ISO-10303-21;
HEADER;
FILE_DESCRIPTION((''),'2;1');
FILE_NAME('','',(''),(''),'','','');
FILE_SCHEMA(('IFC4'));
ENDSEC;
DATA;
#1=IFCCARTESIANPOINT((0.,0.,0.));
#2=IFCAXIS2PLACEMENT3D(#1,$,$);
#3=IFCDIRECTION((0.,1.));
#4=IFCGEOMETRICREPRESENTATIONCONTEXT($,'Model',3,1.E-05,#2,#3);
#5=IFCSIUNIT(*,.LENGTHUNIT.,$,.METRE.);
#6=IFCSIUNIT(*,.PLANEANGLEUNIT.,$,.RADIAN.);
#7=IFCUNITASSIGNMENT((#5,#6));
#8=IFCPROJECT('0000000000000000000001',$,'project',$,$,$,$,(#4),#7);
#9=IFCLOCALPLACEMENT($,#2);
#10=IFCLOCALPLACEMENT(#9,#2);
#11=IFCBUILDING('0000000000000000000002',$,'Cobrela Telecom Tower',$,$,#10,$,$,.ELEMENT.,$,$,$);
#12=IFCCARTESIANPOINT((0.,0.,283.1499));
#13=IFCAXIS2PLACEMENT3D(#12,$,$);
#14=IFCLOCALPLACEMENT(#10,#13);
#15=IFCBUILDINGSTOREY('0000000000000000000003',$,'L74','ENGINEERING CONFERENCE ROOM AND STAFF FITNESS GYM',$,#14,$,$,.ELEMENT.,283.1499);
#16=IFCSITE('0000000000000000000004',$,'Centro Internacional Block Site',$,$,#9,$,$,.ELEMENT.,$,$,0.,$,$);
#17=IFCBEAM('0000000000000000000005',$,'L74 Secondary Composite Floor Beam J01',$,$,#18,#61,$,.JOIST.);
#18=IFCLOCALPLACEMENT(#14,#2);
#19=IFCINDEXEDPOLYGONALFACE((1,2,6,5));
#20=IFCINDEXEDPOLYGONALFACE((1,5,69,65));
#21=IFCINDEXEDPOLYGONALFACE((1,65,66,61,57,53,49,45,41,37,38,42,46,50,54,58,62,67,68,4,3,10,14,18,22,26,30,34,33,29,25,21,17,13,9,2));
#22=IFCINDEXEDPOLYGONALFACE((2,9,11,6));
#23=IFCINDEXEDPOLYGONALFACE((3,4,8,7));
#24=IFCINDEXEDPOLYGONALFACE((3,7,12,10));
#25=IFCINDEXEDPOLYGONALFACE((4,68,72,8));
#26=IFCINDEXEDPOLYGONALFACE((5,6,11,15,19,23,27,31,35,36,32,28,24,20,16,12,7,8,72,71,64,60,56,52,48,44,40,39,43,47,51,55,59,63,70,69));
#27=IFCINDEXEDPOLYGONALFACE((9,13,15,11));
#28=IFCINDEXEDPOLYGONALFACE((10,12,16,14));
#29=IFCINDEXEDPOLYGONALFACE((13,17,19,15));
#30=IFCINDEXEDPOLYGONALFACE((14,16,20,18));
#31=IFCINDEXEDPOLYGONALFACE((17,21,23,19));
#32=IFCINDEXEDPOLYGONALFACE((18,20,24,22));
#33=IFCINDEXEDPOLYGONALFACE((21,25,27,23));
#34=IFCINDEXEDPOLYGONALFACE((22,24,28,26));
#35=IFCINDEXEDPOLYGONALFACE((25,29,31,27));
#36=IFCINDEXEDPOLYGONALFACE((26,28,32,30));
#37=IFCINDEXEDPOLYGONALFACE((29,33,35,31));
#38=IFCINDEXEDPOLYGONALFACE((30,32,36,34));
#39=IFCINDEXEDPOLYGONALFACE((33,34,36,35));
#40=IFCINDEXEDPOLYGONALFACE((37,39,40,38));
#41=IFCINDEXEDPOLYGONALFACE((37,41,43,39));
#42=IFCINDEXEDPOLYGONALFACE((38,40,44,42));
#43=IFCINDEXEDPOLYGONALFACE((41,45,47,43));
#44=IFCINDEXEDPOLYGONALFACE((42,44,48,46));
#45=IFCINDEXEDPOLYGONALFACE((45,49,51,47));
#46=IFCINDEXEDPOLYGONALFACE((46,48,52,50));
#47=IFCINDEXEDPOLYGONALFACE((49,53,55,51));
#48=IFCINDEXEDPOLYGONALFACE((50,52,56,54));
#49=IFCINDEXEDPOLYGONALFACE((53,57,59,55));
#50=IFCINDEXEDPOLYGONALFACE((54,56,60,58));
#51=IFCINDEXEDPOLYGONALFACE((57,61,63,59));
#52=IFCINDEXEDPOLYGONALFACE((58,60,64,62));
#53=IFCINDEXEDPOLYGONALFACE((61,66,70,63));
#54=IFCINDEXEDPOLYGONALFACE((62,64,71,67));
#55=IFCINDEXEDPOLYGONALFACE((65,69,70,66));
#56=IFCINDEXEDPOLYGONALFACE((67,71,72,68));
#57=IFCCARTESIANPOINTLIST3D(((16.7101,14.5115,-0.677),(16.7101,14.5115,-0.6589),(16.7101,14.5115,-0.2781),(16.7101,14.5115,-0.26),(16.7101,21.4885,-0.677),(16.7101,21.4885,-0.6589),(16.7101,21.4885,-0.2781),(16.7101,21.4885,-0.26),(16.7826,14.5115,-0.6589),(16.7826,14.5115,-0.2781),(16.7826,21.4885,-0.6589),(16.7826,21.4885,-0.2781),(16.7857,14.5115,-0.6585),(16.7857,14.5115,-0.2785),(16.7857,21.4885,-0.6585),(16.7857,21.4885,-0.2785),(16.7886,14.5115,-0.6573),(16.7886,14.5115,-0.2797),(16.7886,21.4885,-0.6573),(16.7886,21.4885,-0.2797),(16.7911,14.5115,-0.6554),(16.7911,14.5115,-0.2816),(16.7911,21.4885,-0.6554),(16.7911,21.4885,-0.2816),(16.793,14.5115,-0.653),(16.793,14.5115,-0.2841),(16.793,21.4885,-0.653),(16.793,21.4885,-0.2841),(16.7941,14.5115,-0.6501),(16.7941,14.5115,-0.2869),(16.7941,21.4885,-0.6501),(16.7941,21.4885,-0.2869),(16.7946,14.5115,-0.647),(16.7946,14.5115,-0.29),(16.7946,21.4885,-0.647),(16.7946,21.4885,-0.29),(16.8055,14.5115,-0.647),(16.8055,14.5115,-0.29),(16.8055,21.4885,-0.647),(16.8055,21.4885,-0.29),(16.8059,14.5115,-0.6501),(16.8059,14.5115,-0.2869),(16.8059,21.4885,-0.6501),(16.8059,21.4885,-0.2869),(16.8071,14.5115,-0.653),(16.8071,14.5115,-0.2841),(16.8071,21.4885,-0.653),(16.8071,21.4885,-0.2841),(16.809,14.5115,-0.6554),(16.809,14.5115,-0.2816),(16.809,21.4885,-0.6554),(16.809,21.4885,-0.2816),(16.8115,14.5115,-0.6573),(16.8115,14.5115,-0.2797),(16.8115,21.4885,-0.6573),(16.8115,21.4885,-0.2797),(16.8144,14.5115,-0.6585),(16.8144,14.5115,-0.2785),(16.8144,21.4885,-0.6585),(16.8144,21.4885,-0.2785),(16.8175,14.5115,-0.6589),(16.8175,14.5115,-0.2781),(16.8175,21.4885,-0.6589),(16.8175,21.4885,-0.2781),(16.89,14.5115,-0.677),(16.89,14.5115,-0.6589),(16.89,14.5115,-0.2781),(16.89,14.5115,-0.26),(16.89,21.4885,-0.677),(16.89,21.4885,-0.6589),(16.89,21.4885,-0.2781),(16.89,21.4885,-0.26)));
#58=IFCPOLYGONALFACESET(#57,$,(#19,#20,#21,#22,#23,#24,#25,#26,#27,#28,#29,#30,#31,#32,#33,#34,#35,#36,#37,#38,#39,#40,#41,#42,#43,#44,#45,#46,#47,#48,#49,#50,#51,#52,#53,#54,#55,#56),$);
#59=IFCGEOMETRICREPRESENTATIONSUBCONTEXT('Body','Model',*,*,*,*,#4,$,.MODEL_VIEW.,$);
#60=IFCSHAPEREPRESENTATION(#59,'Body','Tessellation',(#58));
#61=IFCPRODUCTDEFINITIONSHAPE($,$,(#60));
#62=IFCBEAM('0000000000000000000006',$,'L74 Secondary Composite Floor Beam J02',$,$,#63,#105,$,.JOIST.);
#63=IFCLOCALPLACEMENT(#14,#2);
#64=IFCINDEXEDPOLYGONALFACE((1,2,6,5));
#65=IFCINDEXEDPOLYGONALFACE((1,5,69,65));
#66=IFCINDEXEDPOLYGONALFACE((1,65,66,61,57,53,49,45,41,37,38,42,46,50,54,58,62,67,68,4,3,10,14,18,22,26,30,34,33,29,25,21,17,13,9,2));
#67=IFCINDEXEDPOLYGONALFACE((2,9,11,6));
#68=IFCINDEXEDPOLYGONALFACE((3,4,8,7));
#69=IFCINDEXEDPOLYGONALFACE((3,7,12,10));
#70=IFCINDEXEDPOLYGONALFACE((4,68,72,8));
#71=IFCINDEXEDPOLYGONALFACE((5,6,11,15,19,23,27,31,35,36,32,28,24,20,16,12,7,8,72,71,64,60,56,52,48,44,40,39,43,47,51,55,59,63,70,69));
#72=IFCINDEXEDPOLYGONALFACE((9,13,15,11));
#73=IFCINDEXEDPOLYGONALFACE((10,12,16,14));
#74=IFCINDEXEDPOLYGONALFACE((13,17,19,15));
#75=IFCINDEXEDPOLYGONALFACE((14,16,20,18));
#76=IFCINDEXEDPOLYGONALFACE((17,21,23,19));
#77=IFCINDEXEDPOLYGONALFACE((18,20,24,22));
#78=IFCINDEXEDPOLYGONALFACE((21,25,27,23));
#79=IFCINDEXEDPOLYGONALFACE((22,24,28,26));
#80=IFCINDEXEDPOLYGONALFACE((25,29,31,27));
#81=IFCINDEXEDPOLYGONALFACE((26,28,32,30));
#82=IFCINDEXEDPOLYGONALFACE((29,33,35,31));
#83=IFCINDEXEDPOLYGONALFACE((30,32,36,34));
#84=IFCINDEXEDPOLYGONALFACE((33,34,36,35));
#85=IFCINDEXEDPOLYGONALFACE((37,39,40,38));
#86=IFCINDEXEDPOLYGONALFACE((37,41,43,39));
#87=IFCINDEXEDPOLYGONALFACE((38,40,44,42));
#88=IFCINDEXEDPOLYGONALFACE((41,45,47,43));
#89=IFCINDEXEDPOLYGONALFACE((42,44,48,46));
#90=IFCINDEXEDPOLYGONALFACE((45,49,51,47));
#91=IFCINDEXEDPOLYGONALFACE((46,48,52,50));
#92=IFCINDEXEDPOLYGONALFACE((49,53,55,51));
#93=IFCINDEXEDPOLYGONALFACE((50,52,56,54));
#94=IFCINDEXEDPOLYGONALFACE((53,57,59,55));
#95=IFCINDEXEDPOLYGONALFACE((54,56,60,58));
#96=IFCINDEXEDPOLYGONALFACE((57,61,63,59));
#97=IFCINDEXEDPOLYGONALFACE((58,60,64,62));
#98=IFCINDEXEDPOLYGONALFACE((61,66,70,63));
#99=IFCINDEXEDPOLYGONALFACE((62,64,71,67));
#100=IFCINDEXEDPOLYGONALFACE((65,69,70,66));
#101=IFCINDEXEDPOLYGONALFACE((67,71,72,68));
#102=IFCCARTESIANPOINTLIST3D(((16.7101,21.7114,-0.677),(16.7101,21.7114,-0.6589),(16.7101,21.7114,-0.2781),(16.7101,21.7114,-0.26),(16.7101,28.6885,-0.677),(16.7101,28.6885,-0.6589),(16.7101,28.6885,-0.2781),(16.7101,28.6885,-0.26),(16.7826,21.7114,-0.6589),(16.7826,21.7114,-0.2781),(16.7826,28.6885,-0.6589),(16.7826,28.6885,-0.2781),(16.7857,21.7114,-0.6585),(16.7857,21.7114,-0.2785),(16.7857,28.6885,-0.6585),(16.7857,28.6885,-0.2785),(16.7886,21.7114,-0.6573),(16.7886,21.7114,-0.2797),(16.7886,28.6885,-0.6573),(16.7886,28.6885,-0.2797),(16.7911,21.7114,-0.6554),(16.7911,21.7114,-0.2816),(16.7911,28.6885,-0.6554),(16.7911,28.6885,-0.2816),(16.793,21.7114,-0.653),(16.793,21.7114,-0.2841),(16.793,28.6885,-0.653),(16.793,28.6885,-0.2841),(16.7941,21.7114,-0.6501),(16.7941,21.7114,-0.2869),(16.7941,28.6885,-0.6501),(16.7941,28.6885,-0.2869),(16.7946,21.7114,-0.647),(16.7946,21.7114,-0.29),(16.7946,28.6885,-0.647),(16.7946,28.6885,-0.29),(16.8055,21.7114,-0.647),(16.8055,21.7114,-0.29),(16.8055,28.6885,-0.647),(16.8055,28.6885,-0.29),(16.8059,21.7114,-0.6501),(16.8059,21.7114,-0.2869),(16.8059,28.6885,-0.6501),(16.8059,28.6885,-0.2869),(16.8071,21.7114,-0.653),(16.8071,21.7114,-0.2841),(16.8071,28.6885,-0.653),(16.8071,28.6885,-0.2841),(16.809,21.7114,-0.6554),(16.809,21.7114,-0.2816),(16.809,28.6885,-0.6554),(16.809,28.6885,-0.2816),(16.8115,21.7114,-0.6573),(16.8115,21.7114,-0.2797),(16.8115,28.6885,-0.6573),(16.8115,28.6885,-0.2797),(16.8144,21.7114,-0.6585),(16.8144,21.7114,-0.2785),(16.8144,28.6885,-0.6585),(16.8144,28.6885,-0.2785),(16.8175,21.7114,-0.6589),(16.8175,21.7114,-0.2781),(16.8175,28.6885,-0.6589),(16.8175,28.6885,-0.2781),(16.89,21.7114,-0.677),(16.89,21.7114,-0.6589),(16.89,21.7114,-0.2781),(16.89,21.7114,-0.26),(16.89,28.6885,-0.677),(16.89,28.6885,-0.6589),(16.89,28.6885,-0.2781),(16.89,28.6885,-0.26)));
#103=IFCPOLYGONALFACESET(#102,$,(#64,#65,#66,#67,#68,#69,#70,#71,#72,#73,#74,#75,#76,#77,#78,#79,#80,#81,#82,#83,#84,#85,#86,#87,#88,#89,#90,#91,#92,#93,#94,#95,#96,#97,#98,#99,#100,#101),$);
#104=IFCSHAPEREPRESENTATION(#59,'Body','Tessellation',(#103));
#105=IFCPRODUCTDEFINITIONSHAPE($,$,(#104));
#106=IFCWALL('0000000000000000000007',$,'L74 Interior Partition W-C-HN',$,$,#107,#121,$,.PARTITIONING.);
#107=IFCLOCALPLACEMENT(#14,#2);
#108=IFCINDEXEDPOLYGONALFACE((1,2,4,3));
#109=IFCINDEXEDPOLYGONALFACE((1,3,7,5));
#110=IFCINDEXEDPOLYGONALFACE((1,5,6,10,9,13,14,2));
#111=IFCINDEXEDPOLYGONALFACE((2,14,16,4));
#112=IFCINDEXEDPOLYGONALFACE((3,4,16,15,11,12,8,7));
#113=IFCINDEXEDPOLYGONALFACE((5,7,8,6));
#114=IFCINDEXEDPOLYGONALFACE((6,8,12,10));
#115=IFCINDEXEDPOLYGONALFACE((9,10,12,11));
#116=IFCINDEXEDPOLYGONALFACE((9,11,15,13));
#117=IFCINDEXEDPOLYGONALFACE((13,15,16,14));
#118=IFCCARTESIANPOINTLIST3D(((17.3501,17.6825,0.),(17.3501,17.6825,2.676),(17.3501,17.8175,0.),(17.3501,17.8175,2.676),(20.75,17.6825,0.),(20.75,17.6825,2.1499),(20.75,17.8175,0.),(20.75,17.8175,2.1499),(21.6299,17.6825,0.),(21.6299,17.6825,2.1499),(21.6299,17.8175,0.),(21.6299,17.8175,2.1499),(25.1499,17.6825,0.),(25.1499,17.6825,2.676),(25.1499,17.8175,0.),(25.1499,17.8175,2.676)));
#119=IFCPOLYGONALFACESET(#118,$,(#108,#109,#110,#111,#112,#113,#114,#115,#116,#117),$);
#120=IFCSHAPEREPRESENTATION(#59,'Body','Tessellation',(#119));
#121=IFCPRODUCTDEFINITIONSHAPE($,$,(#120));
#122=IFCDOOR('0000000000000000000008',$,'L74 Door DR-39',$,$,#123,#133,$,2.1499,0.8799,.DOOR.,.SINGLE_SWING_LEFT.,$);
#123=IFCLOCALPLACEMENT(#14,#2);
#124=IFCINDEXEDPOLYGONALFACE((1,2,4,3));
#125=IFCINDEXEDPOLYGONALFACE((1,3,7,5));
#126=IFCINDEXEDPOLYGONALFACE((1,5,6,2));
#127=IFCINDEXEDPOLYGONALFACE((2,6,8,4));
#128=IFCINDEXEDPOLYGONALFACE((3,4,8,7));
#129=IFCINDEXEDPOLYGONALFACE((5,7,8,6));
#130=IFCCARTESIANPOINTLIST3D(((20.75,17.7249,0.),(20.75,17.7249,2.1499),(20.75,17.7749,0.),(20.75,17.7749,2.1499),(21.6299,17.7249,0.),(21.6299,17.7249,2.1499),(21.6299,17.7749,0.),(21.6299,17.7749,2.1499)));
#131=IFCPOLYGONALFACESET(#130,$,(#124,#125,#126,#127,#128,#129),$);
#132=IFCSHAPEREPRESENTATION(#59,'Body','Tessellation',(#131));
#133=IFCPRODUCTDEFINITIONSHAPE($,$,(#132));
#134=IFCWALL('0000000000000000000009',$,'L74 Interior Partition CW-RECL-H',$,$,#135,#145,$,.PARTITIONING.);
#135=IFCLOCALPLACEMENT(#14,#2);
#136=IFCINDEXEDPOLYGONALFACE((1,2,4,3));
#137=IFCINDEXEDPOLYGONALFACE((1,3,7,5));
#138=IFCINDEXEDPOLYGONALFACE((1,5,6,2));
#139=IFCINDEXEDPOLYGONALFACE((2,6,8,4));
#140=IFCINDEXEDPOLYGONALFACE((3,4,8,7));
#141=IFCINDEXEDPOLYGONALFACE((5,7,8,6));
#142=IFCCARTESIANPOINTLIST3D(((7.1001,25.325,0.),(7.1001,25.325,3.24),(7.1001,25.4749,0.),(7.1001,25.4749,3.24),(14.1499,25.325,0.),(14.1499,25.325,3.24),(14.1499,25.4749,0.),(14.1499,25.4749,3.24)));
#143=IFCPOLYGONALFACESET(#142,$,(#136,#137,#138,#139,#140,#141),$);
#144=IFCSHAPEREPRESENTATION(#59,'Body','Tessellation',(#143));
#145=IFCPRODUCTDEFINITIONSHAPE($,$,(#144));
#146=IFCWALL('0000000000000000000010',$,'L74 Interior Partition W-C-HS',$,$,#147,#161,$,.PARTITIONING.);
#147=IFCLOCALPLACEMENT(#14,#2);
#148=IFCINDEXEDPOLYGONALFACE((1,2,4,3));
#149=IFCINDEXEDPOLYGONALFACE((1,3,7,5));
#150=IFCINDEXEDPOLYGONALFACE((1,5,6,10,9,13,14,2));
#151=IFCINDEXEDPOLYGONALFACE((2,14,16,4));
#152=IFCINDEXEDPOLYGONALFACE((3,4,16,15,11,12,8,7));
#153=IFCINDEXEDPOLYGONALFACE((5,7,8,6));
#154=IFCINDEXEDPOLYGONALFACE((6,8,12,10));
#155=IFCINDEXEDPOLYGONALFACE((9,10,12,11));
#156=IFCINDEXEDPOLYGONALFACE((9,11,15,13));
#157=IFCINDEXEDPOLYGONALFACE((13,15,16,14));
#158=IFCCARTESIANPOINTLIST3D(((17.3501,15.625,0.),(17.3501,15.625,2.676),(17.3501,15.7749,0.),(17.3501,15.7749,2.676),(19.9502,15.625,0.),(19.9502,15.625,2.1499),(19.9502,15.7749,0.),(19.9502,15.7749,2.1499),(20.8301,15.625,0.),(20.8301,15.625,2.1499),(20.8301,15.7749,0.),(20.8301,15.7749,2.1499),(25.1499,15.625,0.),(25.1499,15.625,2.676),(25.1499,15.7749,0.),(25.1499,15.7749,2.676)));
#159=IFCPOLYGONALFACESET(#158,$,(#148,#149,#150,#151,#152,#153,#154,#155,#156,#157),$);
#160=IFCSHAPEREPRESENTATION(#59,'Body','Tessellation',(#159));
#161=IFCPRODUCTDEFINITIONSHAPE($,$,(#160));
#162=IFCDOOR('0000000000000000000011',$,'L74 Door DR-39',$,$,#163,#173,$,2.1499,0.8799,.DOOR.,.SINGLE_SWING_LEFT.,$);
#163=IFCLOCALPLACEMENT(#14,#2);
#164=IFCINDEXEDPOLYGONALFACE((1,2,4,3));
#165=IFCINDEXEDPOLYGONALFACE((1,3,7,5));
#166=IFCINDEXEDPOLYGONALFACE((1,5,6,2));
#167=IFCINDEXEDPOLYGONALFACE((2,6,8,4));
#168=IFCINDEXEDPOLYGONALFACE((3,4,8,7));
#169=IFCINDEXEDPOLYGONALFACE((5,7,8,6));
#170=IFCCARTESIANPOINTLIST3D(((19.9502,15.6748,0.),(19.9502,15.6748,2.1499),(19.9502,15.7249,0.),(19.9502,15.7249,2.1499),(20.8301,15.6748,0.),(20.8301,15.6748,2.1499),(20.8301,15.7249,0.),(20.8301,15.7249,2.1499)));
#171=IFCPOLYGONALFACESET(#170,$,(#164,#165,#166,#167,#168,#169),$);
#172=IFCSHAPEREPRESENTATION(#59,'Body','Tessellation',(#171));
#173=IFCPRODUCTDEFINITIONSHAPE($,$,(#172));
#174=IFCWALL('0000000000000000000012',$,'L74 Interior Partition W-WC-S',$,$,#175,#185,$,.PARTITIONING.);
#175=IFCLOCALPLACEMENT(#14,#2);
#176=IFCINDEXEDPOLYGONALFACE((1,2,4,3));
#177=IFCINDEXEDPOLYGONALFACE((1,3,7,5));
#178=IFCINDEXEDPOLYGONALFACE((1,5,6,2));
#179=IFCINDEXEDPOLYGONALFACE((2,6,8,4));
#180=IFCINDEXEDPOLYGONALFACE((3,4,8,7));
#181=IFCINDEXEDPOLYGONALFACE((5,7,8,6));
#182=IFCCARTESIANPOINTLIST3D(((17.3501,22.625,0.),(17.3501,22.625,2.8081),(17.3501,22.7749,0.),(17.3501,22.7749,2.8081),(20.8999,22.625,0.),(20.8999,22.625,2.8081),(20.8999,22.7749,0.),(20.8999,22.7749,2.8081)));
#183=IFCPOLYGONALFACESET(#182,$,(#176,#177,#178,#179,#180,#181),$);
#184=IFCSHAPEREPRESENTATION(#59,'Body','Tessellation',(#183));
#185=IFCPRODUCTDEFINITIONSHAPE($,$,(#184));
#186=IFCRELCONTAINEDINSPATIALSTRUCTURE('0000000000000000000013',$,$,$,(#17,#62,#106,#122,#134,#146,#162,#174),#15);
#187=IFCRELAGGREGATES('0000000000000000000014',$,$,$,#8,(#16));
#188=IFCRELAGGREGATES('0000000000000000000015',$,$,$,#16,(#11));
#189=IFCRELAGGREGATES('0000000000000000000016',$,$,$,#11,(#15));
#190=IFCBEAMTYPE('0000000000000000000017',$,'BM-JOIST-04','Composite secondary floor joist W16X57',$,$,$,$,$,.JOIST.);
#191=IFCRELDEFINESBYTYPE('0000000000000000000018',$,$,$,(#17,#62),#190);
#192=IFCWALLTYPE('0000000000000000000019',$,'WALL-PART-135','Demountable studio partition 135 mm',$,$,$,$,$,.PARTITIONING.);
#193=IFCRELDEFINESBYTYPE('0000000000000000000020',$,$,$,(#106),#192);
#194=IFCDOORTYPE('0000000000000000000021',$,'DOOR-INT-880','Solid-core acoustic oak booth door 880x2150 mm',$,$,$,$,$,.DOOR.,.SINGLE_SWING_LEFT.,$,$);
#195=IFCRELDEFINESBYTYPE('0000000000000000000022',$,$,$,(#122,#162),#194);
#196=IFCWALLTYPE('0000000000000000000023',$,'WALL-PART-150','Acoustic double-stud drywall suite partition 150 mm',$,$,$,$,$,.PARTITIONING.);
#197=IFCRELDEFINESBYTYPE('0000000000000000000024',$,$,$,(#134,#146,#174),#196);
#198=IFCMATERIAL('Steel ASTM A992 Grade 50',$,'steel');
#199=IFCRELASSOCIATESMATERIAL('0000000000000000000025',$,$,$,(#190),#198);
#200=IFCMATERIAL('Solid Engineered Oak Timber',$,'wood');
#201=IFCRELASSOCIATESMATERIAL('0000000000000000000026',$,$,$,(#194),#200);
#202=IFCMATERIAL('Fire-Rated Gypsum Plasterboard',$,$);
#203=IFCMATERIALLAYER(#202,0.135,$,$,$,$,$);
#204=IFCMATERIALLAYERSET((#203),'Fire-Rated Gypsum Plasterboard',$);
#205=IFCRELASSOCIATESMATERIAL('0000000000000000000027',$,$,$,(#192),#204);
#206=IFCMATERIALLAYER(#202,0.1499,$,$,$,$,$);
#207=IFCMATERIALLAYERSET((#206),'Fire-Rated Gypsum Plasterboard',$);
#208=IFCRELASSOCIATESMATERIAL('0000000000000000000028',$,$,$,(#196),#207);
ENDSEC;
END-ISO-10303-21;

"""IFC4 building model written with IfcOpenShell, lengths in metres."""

from ifc_helpers import new_model, si_unit, direction, frame, frame_2d, origin, origin_2d, place, context, subcontext, project, spatial, rectangle, i_section, extrude, material, layer, layer_set, material_profile, profile_set, type_object, element, fill, save


model = new_model("IFC4")

# Units and contexts
model_context = context("Model", 3, precision=1e-05, world=origin(), true_north=direction((0.0, 1.0)))
body_context = subcontext(model_context, "Body", "Model", "MODEL_VIEW")
ifc_project = project(units=[si_unit("LENGTHUNIT", "METRE"), si_unit("PLANEANGLEUNIT", "RADIAN")], contexts=[model_context])

# Site, building, storey
site_placement = place(None, origin())
site = spatial("IfcSite", under=ifc_project, at=site_placement, Name="Centro Internacional Block Site", CompositionType="ELEMENT", RefElevation=0.0)
building_placement = place(site_placement, origin())
building = spatial("IfcBuilding", under=site, at=building_placement, Name="Cobrela Telecom Tower", CompositionType="ELEMENT")
storey_placement = place(building_placement, frame((0.0, 0.0, 283.1499)))
storey = spatial("IfcBuildingStorey", under=building, at=storey_placement, Name="L74", Description="ENGINEERING CONFERENCE ROOM AND STAFF FITNESS GYM", CompositionType="ELEMENT", Elevation=283.1499)

# Beams
ifc_material_1 = material(Name="Steel ASTM A992 Grade 50", Category="steel")
ifc_material_profile_1 = material_profile(ifc_material_1, i_section(OverallWidth=0.1799, OverallDepth=0.417, WebThickness=0.011, FlangeThickness=0.0181, FilletRadius=0.012, at=origin_2d()), Name="W16X57")
ifc_profile_set_1 = profile_set([ifc_material_profile_1], Name="Steel ASTM A992 Grade 50")
beam_type_1 = type_object("IfcBeamType", Name="BM-JOIST-04", Description="Composite secondary floor joist W16X57", PredefinedType="JOIST", material=ifc_profile_set_1)
for number, where, z_axis, x_axis, name in (
    (1, (16.8, 14.5115, -0.4685), (0.0, 1.0, 0.0), (-1.0, 0.0, 0.0), "L74 Secondary Composite Floor Beam J01"),
    (2, (16.8, 21.7114, -0.4685), (0.0, 1.0, 0.0), (-1.0, 0.0, 0.0), "L74 Secondary Composite Floor Beam J02"),
):
    element("IfcBeam", number, at=place(storey_placement, frame(where, z_axis=z_axis, x_axis=x_axis)), inside=storey, type_object=beam_type_1, Name=name, PredefinedType="JOIST", context=body_context, shape_type="SweptSolid", body=[
        extrude(i_section(OverallWidth=0.1799, OverallDepth=0.417, WebThickness=0.011, FlangeThickness=0.0181, FilletRadius=0.012, at=origin_2d()), origin(), (0.0, 0.0, 1.0), 6.9771),
    ])

# Shared definitions
ifc_material_2 = material(Name="Fire-Rated Gypsum Plasterboard")
ifc_material_3 = material(Name="Solid Engineered Oak Timber", Category="wood")
door_type_1 = type_object("IfcDoorType", Name="DOOR-INT-880", Description="Solid-core acoustic oak booth door 880x2150 mm", OperationType="SINGLE_SWING_LEFT", PredefinedType="DOOR", material=ifc_material_3)

# Wall, opening, door
ifc_layer_1 = layer(ifc_material_2, 0.135)
ifc_layer_set_1 = layer_set([ifc_layer_1], Name="Fire-Rated Gypsum Plasterboard")
wall_type_1 = type_object("IfcWallType", Name="WALL-PART-135", Description="Demountable studio partition 135 mm", PredefinedType="PARTITIONING", material=ifc_layer_set_1)
wall_1_placement = place(storey_placement, frame((17.3501, 17.75, 0.0), z_axis=(0.0, 0.0, 1.0), x_axis=(1.0, 0.0, 0.0)))
wall_1 = element("IfcWall", 3, at=wall_1_placement, inside=storey, type_object=wall_type_1, Name="L74 Interior Partition W-C-HN", PredefinedType="PARTITIONING", context=body_context, shape_type="SweptSolid", body=[
    extrude(rectangle(XDim=7.7998, YDim=0.135, at=frame_2d((3.8999, 0.0))), origin(), (0.0, 0.0, 1.0), 2.676),
])
opening_1_placement = place(wall_1_placement, frame((3.3999, 0.0, 0.0)))
opening_1 = element("IfcOpeningElement", 4, at=opening_1_placement, cuts=wall_1, PredefinedType="OPENING", context=body_context, shape_type="SweptSolid", body=[
    extrude(rectangle(XDim=0.8799, YDim=2.1499, at=frame_2d((0.4399, 1.075))), frame((0.0, 0.0796, 0.0), z_axis=(0.0, -1.0, 0.0), x_axis=(1.0, 0.0, 0.0)), (0.0, 0.0, 1.0), 0.1589),
])
door_1_placement = place(opening_1_placement, origin())
door_1 = element("IfcDoor", 5, at=door_1_placement, inside=storey, type_object=door_type_1, Name="L74 Door DR-39", OperationType="SINGLE_SWING_LEFT", OverallHeight=2.1499, OverallWidth=0.8799, PredefinedType="DOOR", context=body_context, shape_type="SweptSolid", body=[
    extrude(rectangle(XDim=0.8799, YDim=2.1499, at=frame_2d((0.4399, 1.075))), frame((0.0, 0.0249, 0.0), z_axis=(0.0, -1.0, 0.0), x_axis=(1.0, 0.0, 0.0)), (0.0, 0.0, 1.0), 0.05),
])
fill(opening_1, door_1)

# Wall
ifc_layer_2 = layer(ifc_material_2, 0.1499)
ifc_layer_set_2 = layer_set([ifc_layer_2], Name="Fire-Rated Gypsum Plasterboard")
wall_type_2 = type_object("IfcWallType", Name="WALL-PART-150", Description="Acoustic double-stud drywall suite partition 150 mm", PredefinedType="PARTITIONING", material=ifc_layer_set_2)
wall_2_placement = place(storey_placement, frame((7.1001, 25.3999, 0.0), z_axis=(0.0, 0.0, 1.0), x_axis=(1.0, 0.0, 0.0)))
element("IfcWall", 6, at=wall_2_placement, inside=storey, type_object=wall_type_2, Name="L74 Interior Partition CW-RECL-H", PredefinedType="PARTITIONING", context=body_context, shape_type="SweptSolid", body=[
    extrude(rectangle(XDim=7.0498, YDim=0.1499, at=frame_2d((3.5249, 0.0))), origin(), (0.0, 0.0, 1.0), 3.24),
])

# Wall, opening, door
wall_3_placement = place(storey_placement, frame((17.3501, 15.7, 0.0), z_axis=(0.0, 0.0, 1.0), x_axis=(1.0, 0.0, 0.0)))
wall_3 = element("IfcWall", 7, at=wall_3_placement, inside=storey, type_object=wall_type_2, Name="L74 Interior Partition W-C-HS", PredefinedType="PARTITIONING", context=body_context, shape_type="SweptSolid", body=[
    extrude(rectangle(XDim=7.7998, YDim=0.1499, at=frame_2d((3.8999, 0.0))), origin(), (0.0, 0.0, 1.0), 2.676),
])
opening_2_placement = place(wall_3_placement, frame((2.6001, 0.0, 0.0)))
opening_2 = element("IfcOpeningElement", 8, at=opening_2_placement, cuts=wall_3, PredefinedType="OPENING", context=body_context, shape_type="SweptSolid", body=[
    extrude(rectangle(XDim=0.8799, YDim=2.1499, at=frame_2d((0.4399, 1.075))), frame((0.0, 0.0869, 0.0), z_axis=(0.0, -1.0, 0.0), x_axis=(1.0, 0.0, 0.0)), (0.0, 0.0, 1.0), 0.1738),
])
door_2_placement = place(opening_2_placement, origin())
door_2 = element("IfcDoor", 9, at=door_2_placement, inside=storey, type_object=door_type_1, Name="L74 Door DR-39", OperationType="SINGLE_SWING_LEFT", OverallHeight=2.1499, OverallWidth=0.8799, PredefinedType="DOOR", context=body_context, shape_type="SweptSolid", body=[
    extrude(rectangle(XDim=0.8799, YDim=2.1499, at=frame_2d((0.4399, 1.075))), frame((0.0, 0.0249, 0.0), z_axis=(0.0, -1.0, 0.0), x_axis=(1.0, 0.0, 0.0)), (0.0, 0.0, 1.0), 0.05),
])
fill(opening_2, door_2)

# Wall
wall_4_placement = place(storey_placement, frame((17.3501, 22.7, 0.0), z_axis=(0.0, 0.0, 1.0), x_axis=(1.0, 0.0, 0.0)))
element("IfcWall", 10, at=wall_4_placement, inside=storey, type_object=wall_type_2, Name="L74 Interior Partition W-WC-S", PredefinedType="PARTITIONING", context=body_context, shape_type="SweptSolid", body=[
    extrude(rectangle(XDim=3.5498, YDim=0.1499, at=frame_2d((1.7749, 0.0))), origin(), (0.0, 0.0, 1.0), 2.8081),
])

save(model, "model.ifc")
